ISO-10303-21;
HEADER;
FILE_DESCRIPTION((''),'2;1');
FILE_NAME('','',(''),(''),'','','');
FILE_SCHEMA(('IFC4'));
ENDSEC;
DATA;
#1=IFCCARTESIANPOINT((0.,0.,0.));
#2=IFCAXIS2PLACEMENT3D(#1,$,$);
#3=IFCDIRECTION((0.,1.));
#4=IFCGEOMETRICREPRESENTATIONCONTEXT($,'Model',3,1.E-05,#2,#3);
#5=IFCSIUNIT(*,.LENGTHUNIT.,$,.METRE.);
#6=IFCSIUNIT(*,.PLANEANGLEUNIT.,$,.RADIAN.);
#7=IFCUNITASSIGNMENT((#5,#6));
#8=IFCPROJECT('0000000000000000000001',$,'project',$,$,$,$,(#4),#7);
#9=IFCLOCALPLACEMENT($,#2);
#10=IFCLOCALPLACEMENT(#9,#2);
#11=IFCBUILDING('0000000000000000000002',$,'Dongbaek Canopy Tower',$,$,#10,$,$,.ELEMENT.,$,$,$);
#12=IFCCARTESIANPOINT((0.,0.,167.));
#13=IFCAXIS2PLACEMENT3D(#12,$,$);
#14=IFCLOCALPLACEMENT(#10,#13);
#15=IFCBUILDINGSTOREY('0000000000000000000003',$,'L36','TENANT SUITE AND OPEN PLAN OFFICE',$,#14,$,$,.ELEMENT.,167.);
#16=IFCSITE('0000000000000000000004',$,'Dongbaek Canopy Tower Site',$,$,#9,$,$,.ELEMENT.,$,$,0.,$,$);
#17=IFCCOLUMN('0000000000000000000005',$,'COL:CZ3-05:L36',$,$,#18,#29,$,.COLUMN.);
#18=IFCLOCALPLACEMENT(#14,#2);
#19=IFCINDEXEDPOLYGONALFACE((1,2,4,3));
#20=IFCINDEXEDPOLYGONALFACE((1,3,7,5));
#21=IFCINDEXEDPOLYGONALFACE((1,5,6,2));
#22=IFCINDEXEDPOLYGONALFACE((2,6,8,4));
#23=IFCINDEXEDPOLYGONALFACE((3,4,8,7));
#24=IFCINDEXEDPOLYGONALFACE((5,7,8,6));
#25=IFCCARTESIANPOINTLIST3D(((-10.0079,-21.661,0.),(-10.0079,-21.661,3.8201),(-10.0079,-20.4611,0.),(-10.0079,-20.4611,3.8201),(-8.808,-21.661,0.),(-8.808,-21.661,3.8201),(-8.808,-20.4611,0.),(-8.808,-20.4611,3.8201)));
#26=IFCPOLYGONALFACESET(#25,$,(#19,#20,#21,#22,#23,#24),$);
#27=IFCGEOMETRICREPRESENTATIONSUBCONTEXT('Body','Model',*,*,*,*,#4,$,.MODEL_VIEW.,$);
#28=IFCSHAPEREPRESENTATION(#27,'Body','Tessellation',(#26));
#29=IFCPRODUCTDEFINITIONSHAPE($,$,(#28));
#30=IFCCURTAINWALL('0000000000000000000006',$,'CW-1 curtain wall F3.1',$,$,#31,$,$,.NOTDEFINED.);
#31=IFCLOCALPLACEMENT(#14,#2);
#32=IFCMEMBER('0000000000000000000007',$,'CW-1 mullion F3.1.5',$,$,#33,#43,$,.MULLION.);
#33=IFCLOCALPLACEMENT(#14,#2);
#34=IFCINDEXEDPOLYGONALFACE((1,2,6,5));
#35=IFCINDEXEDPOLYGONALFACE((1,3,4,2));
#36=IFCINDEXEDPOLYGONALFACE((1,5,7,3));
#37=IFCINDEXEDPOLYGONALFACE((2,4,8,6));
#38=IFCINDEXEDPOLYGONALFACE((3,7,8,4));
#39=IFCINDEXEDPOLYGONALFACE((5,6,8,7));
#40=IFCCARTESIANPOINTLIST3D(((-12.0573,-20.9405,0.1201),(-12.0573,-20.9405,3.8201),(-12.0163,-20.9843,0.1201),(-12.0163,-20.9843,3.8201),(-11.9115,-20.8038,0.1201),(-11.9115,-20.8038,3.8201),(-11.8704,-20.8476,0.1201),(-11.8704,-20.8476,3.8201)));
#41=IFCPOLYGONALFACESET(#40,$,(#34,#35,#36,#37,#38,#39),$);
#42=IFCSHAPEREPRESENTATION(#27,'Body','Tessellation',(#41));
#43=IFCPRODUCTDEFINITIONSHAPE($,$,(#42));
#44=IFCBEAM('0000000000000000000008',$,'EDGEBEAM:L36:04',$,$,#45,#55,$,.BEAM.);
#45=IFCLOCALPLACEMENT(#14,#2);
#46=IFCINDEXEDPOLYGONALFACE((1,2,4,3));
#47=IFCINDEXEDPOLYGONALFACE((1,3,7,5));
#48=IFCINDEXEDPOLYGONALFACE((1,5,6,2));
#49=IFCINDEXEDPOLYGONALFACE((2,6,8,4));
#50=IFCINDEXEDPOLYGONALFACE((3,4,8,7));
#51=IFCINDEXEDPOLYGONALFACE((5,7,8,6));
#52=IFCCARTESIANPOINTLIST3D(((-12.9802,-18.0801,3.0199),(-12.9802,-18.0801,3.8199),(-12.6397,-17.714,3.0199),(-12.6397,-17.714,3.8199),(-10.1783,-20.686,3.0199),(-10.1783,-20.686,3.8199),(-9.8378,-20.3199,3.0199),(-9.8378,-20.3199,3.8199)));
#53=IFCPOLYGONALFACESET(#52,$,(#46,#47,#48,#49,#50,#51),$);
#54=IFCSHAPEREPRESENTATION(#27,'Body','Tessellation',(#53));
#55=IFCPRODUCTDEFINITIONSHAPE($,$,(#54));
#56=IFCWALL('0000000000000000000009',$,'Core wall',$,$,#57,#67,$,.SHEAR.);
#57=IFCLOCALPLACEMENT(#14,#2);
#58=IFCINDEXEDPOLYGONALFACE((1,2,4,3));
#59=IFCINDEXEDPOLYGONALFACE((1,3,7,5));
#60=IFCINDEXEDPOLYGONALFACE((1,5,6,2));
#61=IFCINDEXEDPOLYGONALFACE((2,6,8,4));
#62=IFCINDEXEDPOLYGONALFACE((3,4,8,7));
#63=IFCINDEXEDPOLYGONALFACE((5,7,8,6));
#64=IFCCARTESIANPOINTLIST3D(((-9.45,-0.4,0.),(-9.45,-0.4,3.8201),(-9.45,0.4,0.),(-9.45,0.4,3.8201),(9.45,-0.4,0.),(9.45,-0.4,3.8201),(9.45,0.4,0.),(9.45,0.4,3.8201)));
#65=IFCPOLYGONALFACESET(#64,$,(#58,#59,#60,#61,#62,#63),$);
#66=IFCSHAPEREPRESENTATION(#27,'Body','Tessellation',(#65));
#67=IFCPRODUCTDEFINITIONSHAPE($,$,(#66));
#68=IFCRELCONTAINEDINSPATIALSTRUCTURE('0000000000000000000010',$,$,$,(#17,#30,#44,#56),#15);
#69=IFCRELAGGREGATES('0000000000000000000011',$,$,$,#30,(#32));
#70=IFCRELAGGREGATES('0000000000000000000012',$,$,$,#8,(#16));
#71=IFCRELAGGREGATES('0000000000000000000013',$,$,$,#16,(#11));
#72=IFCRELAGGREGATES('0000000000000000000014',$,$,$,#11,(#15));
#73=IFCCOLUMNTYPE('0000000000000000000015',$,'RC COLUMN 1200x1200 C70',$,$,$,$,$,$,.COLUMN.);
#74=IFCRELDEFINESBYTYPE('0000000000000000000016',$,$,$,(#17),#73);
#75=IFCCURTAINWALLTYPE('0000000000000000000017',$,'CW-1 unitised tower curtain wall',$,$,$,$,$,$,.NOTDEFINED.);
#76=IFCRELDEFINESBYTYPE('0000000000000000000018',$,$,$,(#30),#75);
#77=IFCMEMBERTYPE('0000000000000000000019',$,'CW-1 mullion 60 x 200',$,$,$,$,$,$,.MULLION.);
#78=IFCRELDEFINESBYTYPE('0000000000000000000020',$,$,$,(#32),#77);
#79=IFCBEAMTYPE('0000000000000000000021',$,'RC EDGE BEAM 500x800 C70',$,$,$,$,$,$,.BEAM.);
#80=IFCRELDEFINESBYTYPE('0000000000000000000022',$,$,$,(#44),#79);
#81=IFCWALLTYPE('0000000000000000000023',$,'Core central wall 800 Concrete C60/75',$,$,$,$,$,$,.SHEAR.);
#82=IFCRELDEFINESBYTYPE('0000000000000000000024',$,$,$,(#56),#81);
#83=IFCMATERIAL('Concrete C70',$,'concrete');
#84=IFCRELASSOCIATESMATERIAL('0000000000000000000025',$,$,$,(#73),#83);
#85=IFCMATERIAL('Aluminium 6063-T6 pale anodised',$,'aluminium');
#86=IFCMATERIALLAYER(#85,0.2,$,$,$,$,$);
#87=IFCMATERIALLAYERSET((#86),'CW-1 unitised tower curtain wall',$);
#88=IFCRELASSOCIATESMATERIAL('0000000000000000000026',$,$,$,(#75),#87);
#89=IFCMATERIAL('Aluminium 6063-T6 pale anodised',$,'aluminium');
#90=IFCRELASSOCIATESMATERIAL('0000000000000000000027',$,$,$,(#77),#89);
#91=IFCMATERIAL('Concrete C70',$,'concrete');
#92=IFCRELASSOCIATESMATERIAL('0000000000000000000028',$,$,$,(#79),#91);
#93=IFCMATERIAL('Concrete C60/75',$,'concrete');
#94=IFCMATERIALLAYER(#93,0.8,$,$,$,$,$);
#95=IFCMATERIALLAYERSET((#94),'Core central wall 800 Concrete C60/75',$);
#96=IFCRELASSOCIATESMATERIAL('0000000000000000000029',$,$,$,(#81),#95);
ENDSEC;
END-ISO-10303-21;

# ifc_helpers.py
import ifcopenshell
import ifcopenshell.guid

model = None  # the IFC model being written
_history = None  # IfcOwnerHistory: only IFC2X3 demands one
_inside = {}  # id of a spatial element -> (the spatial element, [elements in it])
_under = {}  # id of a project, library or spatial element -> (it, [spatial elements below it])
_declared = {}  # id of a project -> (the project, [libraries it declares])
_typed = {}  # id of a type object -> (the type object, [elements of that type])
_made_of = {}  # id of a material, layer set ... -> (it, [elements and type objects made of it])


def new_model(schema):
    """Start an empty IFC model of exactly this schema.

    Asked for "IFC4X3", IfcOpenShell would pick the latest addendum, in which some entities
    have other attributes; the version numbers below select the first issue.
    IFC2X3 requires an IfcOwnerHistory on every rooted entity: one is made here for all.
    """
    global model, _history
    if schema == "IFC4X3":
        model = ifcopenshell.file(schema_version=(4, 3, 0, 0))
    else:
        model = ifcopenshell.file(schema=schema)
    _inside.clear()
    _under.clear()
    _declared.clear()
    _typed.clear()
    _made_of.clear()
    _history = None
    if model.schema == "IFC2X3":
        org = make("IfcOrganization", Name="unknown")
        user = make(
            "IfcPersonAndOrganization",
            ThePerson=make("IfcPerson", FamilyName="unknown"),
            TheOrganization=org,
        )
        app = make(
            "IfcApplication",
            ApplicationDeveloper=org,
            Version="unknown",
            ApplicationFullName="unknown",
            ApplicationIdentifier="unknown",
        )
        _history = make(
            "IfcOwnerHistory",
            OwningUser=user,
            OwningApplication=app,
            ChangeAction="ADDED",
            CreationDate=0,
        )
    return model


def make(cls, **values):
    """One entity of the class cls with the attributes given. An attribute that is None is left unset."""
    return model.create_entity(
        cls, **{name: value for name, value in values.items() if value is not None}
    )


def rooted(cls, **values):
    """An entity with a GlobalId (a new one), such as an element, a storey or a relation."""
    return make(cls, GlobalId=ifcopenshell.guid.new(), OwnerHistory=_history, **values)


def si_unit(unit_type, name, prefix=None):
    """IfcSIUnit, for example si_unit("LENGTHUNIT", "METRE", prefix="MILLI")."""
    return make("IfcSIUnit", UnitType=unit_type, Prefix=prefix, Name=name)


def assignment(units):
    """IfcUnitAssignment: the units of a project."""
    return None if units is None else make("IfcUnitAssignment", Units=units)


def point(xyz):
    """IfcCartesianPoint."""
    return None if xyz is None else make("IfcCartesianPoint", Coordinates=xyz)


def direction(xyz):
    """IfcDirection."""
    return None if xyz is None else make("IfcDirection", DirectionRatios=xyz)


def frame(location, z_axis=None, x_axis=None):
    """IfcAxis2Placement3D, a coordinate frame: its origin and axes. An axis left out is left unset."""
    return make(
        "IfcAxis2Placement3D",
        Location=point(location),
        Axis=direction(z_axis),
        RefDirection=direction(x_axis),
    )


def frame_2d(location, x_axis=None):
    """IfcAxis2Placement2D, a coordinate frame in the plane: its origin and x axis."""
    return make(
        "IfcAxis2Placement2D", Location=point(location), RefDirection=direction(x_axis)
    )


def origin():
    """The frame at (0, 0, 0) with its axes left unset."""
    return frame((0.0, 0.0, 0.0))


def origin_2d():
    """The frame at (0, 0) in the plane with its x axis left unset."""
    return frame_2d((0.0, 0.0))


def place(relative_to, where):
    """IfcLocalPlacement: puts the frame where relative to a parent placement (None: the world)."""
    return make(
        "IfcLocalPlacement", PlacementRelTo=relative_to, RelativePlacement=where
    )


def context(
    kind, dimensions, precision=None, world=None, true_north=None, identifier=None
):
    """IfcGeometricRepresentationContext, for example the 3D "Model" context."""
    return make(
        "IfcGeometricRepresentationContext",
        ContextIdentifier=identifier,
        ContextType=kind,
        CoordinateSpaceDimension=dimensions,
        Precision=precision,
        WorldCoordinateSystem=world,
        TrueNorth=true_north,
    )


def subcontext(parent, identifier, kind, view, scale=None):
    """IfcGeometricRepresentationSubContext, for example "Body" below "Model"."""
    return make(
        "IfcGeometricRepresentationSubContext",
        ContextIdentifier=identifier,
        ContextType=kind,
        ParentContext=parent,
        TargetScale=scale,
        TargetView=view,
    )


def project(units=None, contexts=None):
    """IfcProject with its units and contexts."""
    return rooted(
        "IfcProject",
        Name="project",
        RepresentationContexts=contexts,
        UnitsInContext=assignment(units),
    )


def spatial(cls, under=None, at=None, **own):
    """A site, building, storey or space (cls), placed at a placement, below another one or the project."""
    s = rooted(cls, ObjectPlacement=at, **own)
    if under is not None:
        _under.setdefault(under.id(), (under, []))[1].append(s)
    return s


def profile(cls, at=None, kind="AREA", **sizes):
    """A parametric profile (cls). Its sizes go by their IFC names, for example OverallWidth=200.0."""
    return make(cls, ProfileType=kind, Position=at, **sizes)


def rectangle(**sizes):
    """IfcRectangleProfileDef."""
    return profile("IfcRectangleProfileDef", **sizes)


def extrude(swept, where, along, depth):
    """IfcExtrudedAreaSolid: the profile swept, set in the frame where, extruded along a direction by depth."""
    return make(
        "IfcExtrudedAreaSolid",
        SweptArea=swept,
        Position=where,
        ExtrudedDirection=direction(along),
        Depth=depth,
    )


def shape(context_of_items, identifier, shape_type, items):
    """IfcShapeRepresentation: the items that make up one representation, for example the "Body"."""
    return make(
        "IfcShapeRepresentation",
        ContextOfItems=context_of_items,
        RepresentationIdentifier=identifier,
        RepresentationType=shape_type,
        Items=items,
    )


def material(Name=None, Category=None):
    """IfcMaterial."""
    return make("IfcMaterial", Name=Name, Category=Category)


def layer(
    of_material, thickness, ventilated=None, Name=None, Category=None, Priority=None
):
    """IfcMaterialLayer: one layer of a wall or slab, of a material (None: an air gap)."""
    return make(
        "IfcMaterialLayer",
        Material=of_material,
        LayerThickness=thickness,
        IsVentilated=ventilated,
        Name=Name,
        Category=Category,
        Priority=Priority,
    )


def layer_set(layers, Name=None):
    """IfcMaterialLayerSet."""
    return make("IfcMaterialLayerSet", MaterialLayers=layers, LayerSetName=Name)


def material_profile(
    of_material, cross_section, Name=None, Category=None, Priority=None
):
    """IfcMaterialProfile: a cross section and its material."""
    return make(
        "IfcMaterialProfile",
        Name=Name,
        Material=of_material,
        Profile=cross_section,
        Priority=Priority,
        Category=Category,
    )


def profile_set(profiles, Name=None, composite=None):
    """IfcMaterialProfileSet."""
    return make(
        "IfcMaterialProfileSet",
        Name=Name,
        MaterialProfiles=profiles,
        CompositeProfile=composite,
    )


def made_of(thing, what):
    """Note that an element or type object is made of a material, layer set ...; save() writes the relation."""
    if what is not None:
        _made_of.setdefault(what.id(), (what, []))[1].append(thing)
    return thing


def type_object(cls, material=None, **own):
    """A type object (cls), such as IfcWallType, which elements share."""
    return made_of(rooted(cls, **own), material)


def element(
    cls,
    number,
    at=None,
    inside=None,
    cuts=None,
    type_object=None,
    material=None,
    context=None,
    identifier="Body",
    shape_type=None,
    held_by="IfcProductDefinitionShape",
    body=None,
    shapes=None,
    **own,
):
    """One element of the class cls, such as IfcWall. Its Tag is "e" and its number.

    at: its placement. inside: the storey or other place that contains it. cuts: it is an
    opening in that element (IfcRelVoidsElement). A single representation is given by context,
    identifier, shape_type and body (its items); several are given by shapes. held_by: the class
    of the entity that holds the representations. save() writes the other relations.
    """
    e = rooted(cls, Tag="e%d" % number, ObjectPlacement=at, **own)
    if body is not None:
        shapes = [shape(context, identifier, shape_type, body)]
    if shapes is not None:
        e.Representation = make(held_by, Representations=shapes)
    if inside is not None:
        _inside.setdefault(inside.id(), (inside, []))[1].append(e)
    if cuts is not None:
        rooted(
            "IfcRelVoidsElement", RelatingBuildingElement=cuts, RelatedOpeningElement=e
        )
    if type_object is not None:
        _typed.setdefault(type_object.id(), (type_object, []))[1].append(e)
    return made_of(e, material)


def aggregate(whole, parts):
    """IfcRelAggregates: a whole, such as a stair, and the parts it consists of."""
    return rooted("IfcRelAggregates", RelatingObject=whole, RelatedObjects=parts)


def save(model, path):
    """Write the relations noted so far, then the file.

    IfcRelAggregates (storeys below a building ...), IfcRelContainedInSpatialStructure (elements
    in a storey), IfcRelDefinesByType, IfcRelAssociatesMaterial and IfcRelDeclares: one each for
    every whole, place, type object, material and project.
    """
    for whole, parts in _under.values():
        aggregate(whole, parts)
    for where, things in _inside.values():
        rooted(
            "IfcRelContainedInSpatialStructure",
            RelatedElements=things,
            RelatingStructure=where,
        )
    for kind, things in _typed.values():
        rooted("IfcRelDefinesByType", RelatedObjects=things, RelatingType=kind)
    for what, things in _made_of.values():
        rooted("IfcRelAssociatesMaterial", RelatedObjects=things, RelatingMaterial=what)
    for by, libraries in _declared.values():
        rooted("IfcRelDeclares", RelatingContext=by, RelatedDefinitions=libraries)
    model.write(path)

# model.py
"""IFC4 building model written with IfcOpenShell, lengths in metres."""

from ifc_helpers import new_model, si_unit, direction, frame, frame_2d, origin, origin_2d, place, context, subcontext, project, spatial, rectangle, extrude, material, layer, layer_set, material_profile, profile_set, type_object, element, aggregate, save


model = new_model("IFC4")

# Units and contexts
model_context = context("Model", 3, precision=1e-05, world=origin(), true_north=direction((0.0, 1.0)))
body_context = subcontext(model_context, "Body", "Model", "MODEL_VIEW")
ifc_project = project(units=[si_unit("LENGTHUNIT", "METRE"), si_unit("PLANEANGLEUNIT", "RADIAN")], contexts=[model_context])

# Site, building, storey
site_placement = place(None, origin())
site = spatial("IfcSite", under=ifc_project, at=site_placement, Name="Dongbaek Canopy Tower Site", CompositionType="ELEMENT", RefElevation=0.0)
building_placement = place(site_placement, origin())
building = spatial("IfcBuilding", under=site, at=building_placement, Name="Dongbaek Canopy Tower", CompositionType="ELEMENT")
storey_placement = place(building_placement, frame((0.0, 0.0, 167.0)))
storey = spatial("IfcBuildingStorey", under=building, at=storey_placement, Name="L36", Description="TENANT SUITE AND OPEN PLAN OFFICE", CompositionType="ELEMENT", Elevation=167.0)

# Column
ifc_material_1 = material(Name="Concrete C70", Category="concrete")
ifc_material_profile_1 = material_profile(ifc_material_1, rectangle(XDim=1.2, YDim=1.2, at=origin_2d()), Name="RC COLUMN 1200x1200 C70")
ifc_profile_set_1 = profile_set([ifc_material_profile_1], Name="Concrete C70")
column_type = type_object("IfcColumnType", Name="RC COLUMN 1200x1200 C70", PredefinedType="COLUMN", material=ifc_profile_set_1)
column_placement = place(storey_placement, frame((-9.408, -21.061, 0.0), z_axis=(0.0, 0.0, 1.0), x_axis=(1.0, 0.0, 0.0)))
element("IfcColumn", 1, at=column_placement, inside=storey, type_object=column_type, Name="COL:CZ3-05:L36", PredefinedType="COLUMN", context=body_context, shape_type="SweptSolid", body=[
    extrude(rectangle(XDim=1.2, YDim=1.2, at=origin_2d()), origin(), (0.0, 0.0, 1.0), 3.8201),
])

# Curtain wall, member
ifc_material_2 = material(Name="Aluminium 6063-T6 pale anodised", Category="aluminium")
ifc_layer_1 = layer(ifc_material_2, 0.2)
ifc_layer_set_1 = layer_set([ifc_layer_1], Name="CW-1 unitised tower curtain wall")
curtain_wall_type = type_object("IfcCurtainWallType", Name="CW-1 unitised tower curtain wall", PredefinedType="NOTDEFINED", material=ifc_layer_set_1)
curtain_wall_placement = place(storey_placement, origin())
curtain_wall = element("IfcCurtainWall", 2, at=curtain_wall_placement, inside=storey, type_object=curtain_wall_type, Name="CW-1 curtain wall F3.1", PredefinedType="NOTDEFINED")
ifc_material_3 = material(Name="Aluminium 6063-T6 pale anodised", Category="aluminium")
ifc_material_profile_2 = material_profile(ifc_material_3, rectangle(XDim=0.2, YDim=0.0601, at=origin_2d()), Name="CW-1 mullion 60 x 200")
ifc_profile_set_2 = profile_set([ifc_material_profile_2], Name="Aluminium 6063-T6 pale anodised")
member_type = type_object("IfcMemberType", Name="CW-1 mullion 60 x 200", PredefinedType="MULLION", material=ifc_profile_set_2)
member_placement = place(storey_placement, frame((-11.9639, -20.894, 0.1201), z_axis=(0.0, 0.0, 1.0), x_axis=(-0.729649, -0.683822, 0.0)))
member = element("IfcMember", 3, at=member_placement, type_object=member_type, Name="CW-1 mullion F3.1.5", PredefinedType="MULLION", context=body_context, shape_type="SweptSolid", body=[
    extrude(rectangle(XDim=0.2, YDim=0.0601, at=origin_2d()), origin(), (0.0, 0.0, 1.0), 3.7),
])
aggregate(curtain_wall, [member])

# Beam
ifc_material_4 = material(Name="Concrete C70", Category="concrete")
ifc_material_profile_3 = material_profile(ifc_material_4, rectangle(XDim=0.5, YDim=0.8, at=origin_2d()), Name="RC EDGE BEAM 500x800 C70")
ifc_profile_set_3 = profile_set([ifc_material_profile_3], Name="Concrete C70")
beam_type = type_object("IfcBeamType", Name="RC EDGE BEAM 500x800 C70", PredefinedType="BEAM", material=ifc_profile_set_3)
beam_placement = place(storey_placement, frame((-10.0081, -20.5029, 3.4199), z_axis=(-0.732259, 0.681026, 0.0), x_axis=(-0.681026, -0.732259, 0.0)))
element("IfcBeam", 4, at=beam_placement, inside=storey, type_object=beam_type, Name="EDGEBEAM:L36:04", PredefinedType="BEAM", context=body_context, shape_type="SweptSolid", body=[
    extrude(rectangle(XDim=0.5, YDim=0.8, at=origin_2d()), origin(), (0.0, 0.0, 1.0), 3.8264),
])

# Wall
ifc_material_5 = material(Name="Concrete C60/75", Category="concrete")
ifc_layer_2 = layer(ifc_material_5, 0.8)
ifc_layer_set_2 = layer_set([ifc_layer_2], Name="Core central wall 800 Concrete C60/75")
wall_type_1 = type_object("IfcWallType", Name="Core central wall 800 Concrete C60/75", PredefinedType="SHEAR", material=ifc_layer_set_2)
wall_1_placement = place(storey_placement, frame((-9.45, 0.0, 0.0), z_axis=(0.0, 0.0, 1.0), x_axis=(1.0, 0.0, 0.0)))
element("IfcWall", 5, at=wall_1_placement, inside=storey, type_object=wall_type_1, Name="Core wall", PredefinedType="SHEAR", context=body_context, shape_type="SweptSolid", body=[
    extrude(rectangle(XDim=18.8999, YDim=0.8, at=frame_2d((9.45, 0.0))), origin(), (0.0, 0.0, 1.0), 3.8201),
])

save(model, "model.ifc")
